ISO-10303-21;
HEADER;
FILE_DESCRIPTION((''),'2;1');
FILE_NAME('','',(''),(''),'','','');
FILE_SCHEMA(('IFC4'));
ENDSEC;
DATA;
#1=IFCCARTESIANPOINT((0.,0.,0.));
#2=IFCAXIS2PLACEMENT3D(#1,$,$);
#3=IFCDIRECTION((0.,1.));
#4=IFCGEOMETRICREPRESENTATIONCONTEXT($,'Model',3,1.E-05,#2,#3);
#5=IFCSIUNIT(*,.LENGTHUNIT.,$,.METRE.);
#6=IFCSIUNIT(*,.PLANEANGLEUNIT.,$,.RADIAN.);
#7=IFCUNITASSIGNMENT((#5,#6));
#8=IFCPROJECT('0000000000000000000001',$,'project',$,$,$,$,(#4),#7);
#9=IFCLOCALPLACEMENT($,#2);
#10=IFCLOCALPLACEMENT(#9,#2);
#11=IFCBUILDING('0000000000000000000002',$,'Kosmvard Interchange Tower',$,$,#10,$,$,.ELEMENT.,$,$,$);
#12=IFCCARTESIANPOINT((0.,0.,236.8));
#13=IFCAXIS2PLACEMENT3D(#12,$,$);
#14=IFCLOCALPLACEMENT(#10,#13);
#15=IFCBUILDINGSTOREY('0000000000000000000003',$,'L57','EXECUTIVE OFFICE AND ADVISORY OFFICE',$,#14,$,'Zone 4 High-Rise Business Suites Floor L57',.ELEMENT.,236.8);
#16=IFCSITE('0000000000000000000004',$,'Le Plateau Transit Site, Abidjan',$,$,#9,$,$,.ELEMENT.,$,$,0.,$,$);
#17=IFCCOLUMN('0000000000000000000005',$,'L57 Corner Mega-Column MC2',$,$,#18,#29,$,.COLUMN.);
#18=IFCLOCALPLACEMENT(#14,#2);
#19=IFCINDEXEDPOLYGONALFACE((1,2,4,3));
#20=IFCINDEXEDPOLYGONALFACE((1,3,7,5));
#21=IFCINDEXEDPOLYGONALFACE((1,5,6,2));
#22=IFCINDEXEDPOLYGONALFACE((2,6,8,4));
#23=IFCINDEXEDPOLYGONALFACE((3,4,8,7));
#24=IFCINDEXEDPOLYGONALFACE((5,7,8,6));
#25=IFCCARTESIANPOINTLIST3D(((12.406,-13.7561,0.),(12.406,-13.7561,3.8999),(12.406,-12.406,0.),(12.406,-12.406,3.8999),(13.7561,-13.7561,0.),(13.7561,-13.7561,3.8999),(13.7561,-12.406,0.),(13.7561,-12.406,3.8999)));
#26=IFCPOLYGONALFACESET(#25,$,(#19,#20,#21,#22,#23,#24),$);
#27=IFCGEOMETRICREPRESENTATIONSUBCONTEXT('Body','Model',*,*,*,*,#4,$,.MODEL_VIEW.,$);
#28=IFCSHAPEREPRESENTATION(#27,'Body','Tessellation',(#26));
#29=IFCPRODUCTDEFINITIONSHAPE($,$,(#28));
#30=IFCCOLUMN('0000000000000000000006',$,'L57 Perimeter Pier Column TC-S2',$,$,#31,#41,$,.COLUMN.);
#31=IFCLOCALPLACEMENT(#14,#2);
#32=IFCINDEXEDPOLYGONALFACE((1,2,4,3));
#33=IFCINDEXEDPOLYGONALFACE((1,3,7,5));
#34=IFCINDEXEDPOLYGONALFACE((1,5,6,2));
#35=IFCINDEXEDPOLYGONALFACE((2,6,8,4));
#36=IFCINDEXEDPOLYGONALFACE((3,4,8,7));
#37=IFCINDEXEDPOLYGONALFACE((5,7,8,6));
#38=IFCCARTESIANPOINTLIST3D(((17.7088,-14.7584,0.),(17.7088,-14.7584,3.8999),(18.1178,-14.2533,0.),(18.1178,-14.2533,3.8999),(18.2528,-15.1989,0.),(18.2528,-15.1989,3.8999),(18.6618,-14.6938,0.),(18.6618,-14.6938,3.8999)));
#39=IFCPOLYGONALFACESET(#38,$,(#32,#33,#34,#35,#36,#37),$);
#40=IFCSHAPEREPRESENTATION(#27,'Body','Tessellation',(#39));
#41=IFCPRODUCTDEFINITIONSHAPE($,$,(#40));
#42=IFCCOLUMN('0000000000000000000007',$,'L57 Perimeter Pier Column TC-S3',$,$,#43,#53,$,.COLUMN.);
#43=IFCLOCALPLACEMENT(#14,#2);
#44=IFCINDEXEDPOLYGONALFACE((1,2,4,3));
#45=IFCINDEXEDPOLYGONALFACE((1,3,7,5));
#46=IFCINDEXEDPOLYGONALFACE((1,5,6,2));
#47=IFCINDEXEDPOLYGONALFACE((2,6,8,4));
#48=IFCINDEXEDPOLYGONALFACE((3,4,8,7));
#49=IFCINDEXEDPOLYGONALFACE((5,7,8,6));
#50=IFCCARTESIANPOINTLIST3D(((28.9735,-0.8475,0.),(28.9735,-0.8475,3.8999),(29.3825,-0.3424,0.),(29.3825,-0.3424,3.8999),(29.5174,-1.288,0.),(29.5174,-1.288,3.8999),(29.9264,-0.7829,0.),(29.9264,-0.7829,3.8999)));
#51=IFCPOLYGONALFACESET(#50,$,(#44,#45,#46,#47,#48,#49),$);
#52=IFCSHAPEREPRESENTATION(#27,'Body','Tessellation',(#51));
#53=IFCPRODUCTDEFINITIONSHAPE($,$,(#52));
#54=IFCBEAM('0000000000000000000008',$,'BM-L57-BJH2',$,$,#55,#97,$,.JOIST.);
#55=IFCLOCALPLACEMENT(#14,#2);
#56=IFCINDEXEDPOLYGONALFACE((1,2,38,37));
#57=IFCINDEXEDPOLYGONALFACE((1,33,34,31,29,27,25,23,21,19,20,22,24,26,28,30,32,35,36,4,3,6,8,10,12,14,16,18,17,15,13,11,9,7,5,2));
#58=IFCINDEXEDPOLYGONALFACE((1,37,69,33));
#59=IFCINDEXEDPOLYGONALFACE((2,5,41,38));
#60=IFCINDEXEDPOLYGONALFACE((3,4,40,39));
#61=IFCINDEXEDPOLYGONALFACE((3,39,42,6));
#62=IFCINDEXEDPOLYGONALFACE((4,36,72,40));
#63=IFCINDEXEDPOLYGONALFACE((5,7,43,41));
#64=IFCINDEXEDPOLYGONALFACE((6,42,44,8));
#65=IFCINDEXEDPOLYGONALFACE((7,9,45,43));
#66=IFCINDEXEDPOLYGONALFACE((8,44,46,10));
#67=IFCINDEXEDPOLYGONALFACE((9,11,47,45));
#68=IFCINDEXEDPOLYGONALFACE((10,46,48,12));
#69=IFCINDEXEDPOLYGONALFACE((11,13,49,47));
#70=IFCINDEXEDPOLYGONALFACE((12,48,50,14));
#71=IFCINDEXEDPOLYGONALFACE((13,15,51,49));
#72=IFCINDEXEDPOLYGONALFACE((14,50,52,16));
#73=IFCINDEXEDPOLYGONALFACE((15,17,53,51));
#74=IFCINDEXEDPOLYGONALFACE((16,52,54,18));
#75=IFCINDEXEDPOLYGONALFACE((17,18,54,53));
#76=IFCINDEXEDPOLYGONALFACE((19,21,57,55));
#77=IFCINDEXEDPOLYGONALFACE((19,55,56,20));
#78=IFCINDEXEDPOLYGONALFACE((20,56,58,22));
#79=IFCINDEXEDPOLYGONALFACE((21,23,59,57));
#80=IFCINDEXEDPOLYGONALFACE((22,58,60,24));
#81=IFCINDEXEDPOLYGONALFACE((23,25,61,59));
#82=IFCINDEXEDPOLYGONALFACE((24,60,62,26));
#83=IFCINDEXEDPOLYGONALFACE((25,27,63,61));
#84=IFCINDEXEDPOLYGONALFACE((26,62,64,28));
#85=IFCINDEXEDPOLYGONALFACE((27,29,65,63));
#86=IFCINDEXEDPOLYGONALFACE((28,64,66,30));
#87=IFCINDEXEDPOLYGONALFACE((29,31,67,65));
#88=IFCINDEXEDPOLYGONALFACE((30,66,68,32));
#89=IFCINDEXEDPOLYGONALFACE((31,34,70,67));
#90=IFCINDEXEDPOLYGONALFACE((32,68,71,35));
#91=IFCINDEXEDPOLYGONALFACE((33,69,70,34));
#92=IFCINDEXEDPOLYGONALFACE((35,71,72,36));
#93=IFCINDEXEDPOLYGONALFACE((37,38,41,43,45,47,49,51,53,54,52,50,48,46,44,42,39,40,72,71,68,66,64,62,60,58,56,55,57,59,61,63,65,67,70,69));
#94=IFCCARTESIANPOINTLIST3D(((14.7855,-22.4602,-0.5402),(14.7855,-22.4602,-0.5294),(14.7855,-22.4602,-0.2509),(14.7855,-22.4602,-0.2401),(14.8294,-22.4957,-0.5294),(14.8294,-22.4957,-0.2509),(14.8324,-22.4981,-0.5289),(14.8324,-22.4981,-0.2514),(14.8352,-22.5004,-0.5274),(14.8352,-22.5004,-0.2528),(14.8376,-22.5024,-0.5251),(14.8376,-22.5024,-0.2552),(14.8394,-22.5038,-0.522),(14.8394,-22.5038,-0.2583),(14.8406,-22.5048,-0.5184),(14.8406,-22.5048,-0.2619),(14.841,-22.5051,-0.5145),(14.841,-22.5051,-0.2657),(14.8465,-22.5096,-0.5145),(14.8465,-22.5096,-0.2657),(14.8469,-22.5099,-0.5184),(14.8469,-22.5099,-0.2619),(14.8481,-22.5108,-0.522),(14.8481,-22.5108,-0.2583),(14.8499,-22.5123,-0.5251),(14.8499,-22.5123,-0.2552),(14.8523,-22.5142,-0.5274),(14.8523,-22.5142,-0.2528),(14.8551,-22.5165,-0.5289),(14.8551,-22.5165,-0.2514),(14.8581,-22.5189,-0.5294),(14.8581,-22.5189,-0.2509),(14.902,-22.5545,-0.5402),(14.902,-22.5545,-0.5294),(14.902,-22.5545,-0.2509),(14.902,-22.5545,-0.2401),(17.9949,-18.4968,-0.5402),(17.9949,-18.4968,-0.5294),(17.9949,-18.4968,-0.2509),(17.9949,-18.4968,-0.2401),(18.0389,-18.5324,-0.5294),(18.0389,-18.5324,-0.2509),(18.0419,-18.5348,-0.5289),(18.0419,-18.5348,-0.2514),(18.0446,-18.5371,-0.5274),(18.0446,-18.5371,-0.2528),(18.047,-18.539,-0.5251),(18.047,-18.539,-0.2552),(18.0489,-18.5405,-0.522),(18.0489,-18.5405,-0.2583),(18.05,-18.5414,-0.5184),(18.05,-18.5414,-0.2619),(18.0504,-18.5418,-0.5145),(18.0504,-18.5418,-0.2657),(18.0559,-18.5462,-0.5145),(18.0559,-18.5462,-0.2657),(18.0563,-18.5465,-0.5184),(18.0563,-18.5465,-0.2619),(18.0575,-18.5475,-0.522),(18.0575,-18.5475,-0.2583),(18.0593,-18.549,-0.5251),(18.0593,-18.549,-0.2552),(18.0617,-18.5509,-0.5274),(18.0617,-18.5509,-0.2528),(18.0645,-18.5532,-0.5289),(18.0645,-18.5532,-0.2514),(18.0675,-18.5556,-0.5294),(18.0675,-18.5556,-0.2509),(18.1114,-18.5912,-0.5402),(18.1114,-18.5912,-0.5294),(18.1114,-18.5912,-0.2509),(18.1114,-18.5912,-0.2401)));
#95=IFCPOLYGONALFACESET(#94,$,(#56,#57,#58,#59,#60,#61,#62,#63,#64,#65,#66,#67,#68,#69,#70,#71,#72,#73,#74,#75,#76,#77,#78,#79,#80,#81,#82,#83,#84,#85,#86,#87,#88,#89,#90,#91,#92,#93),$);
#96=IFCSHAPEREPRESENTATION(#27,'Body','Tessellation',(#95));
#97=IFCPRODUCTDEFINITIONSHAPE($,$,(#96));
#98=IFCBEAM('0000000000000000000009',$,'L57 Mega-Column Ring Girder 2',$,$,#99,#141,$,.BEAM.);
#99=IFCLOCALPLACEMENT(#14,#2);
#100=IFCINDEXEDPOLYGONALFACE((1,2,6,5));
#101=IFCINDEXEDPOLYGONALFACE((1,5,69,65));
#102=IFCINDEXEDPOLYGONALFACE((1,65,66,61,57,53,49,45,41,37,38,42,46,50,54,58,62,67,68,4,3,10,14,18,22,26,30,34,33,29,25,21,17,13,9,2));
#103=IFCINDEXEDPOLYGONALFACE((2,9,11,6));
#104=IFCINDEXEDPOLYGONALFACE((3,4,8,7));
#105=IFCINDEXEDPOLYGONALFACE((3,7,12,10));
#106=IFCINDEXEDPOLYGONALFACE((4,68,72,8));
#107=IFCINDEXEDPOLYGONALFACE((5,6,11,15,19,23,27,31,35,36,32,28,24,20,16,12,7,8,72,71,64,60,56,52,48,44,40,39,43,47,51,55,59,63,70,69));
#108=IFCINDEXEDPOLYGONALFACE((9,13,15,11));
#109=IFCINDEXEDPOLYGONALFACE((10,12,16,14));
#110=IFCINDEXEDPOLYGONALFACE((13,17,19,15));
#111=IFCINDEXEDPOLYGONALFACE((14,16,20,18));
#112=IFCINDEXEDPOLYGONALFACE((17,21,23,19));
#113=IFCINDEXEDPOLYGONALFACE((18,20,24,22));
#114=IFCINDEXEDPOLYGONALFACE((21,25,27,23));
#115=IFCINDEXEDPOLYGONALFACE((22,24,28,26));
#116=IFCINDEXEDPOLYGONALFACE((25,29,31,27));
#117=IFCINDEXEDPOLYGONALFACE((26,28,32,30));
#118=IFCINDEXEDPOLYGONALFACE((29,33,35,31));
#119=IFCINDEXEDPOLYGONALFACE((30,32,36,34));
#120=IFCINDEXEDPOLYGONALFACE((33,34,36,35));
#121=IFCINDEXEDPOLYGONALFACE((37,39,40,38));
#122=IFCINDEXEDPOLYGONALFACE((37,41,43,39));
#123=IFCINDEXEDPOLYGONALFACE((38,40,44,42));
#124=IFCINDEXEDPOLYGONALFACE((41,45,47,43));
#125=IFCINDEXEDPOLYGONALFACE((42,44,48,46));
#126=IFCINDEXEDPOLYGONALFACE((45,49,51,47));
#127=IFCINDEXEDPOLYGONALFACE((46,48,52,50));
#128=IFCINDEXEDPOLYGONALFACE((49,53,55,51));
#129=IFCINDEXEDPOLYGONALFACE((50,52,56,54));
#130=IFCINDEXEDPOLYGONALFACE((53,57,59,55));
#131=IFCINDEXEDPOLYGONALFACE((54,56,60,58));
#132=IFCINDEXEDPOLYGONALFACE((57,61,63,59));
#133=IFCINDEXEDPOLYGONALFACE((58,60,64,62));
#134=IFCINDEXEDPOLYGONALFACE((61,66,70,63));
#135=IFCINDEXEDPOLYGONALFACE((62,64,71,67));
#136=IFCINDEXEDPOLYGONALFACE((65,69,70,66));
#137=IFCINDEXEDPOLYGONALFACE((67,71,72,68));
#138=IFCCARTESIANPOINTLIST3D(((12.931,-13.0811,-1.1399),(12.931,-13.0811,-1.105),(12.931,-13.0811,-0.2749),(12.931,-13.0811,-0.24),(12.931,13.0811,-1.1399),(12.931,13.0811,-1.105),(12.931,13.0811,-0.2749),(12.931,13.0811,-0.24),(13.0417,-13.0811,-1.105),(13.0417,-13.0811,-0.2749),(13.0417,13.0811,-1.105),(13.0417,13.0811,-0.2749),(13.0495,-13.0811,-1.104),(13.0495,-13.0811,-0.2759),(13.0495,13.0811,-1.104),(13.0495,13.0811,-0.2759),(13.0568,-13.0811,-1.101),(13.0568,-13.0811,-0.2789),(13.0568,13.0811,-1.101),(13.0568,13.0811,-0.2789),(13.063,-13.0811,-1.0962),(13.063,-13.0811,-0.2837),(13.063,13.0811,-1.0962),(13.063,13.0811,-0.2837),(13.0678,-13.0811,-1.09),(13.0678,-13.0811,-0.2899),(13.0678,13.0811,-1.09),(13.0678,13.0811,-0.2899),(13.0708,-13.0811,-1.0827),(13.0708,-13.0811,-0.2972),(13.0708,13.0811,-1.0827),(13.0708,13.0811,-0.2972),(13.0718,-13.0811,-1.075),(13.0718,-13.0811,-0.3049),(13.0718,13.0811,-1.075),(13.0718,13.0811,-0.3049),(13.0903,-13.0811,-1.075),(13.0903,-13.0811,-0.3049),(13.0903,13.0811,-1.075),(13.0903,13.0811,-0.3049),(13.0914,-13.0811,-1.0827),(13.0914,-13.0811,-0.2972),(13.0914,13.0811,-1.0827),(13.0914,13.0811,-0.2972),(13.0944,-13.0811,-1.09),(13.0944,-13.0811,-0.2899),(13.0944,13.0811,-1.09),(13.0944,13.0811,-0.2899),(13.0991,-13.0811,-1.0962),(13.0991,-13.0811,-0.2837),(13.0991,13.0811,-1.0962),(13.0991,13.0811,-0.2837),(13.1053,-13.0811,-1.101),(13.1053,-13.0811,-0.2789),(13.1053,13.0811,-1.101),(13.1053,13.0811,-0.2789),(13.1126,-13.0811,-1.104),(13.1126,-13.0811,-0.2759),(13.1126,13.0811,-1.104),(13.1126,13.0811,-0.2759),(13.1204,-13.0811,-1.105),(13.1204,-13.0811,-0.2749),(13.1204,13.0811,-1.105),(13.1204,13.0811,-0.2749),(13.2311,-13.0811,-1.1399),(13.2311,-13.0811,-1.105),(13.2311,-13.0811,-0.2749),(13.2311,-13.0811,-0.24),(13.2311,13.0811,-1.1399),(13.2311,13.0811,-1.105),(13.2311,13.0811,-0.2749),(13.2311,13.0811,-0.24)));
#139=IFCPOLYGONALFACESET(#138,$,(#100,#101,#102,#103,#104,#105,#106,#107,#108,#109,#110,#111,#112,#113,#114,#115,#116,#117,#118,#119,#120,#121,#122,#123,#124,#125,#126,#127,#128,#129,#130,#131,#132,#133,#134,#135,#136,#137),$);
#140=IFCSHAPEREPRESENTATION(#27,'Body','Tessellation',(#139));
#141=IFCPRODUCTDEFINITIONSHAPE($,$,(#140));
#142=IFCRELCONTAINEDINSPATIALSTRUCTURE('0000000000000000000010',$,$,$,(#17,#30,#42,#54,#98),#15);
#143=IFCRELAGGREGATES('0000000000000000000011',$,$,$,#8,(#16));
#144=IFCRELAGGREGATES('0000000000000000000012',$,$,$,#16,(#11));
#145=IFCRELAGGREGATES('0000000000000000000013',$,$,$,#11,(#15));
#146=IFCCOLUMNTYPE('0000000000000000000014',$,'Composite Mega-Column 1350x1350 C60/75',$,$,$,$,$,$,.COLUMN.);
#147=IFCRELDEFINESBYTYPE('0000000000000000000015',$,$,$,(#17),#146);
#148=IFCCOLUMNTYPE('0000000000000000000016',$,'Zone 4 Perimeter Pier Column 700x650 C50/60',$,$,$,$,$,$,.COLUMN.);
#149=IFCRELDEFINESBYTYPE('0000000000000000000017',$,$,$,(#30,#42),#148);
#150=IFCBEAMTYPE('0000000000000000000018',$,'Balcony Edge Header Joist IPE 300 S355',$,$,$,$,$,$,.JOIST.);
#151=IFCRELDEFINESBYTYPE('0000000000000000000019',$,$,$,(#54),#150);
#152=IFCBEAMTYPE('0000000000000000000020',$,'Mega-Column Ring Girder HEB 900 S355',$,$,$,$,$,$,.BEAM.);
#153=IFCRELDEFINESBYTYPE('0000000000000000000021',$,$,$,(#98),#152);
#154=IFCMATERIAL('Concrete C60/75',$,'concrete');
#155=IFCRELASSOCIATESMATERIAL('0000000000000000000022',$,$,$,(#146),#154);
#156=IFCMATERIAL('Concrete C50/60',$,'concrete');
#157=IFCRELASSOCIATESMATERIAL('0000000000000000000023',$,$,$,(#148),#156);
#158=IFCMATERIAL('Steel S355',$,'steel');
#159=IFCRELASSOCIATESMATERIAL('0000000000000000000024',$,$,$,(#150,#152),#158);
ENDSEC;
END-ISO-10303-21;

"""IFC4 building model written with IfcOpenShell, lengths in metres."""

from ifc_helpers import new_model, si_unit, direction, frame, origin, origin_2d, place, context, subcontext, project, spatial, rectangle, i_section, extrude, source, transform, mapped, material, material_profile, profile_set, type_object, element, save


model = new_model("IFC4")

# Units and contexts
model_context = context("Model", 3, precision=1e-05, world=origin(), true_north=direction((0.0, 1.0)))
body_context = subcontext(model_context, "Body", "Model", "MODEL_VIEW")
ifc_project = project(units=[si_unit("LENGTHUNIT", "METRE"), si_unit("PLANEANGLEUNIT", "RADIAN")], contexts=[model_context])

# Site, building, storey
site_placement = place(None, origin())
site = spatial("IfcSite", under=ifc_project, at=site_placement, Name="Le Plateau Transit Site, Abidjan", CompositionType="ELEMENT", RefElevation=0.0)
building_placement = place(site_placement, origin())
building = spatial("IfcBuilding", under=site, at=building_placement, Name="Kosmvard Interchange Tower", CompositionType="ELEMENT")
storey_placement = place(building_placement, frame((0.0, 0.0, 236.8)))
storey = spatial("IfcBuildingStorey", under=building, at=storey_placement, Name="L57", Description="EXECUTIVE OFFICE AND ADVISORY OFFICE", LongName="Zone 4 High-Rise Business Suites Floor L57", CompositionType="ELEMENT", Elevation=236.8)

# Columns
ifc_material_1 = material(Name="Concrete C60/75", Category="concrete")
ifc_material_profile_1 = material_profile(ifc_material_1, rectangle(XDim=1.3501, YDim=1.3501, at=origin_2d()), Name="MC 1350x1350")
ifc_profile_set_1 = profile_set([ifc_material_profile_1], Name="Concrete C60/75")
column_type_1 = type_object("IfcColumnType", Name="Composite Mega-Column 1350x1350 C60/75", PredefinedType="COLUMN", material=ifc_profile_set_1)
shared_shape_1 = source(origin(), body_context, "Body", "SweptSolid", [
    extrude(rectangle(XDim=1.3501, YDim=1.3501, at=origin_2d()), origin(), (0.0, 0.0, 1.0), 3.8999),
])
column_placement = place(storey_placement, frame((13.0811, -13.0811, 0.0), z_axis=(0.0, 0.0, 1.0), x_axis=(1.0, 0.0, 0.0)))
element("IfcColumn", 1, at=column_placement, inside=storey, type_object=column_type_1, Name="L57 Corner Mega-Column MC2", PredefinedType="COLUMN", context=body_context, shape_type="MappedRepresentation", body=[
    mapped(shared_shape_1, transform((0.0, 0.0, 0.0), scale=1.0)),
])
ifc_material_2 = material(Name="Concrete C50/60", Category="concrete")
ifc_material_profile_2 = material_profile(ifc_material_2, rectangle(XDim=0.6499, YDim=0.7, at=origin_2d()), Name="TC 700x650")
ifc_profile_set_2 = profile_set([ifc_material_profile_2], Name="Concrete C50/60")
column_type_2 = type_object("IfcColumnType", Name="Zone 4 Perimeter Pier Column 700x650 C50/60", PredefinedType="COLUMN", material=ifc_profile_set_2)
shared_shape_2 = source(origin(), body_context, "Body", "SweptSolid", [
    extrude(rectangle(XDim=0.6499, YDim=0.7, at=origin_2d()), origin(), (0.0, 0.0, 1.0), 3.8999),
])
for number, where, z_axis, x_axis, name in (
    (2, (18.1853, -14.7261, 0.0), (0.0, 0.0, 1.0), (0.62932, 0.777146, 0.0), "L57 Perimeter Pier Column TC-S2"),
    (3, (29.45, -0.8152, 0.0), (0.0, 0.0, 1.0), (0.62932, 0.777146, 0.0), "L57 Perimeter Pier Column TC-S3"),
):
    element("IfcColumn", number, at=place(storey_placement, frame(where, z_axis=z_axis, x_axis=x_axis)), inside=storey, type_object=column_type_2, Name=name, PredefinedType="COLUMN", context=body_context, shape_type="MappedRepresentation", body=[
        mapped(shared_shape_2, transform((0.0, 0.0, 0.0), scale=1.0)),
    ])

# Beams
ifc_material_3 = material(Name="Steel S355", Category="steel")
ifc_material_profile_3 = material_profile(ifc_material_3, i_section(OverallWidth=0.1499, OverallDepth=0.3, WebThickness=0.0071, FlangeThickness=0.0107, FilletRadius=0.0149, at=origin_2d()), Name="IPE 300")
ifc_profile_set_3 = profile_set([ifc_material_profile_3], Name="Steel S355")
beam_type_1 = type_object("IfcBeamType", Name="Balcony Edge Header Joist IPE 300 S355", PredefinedType="JOIST", material=ifc_profile_set_3)
shared_shape_3 = source(origin(), body_context, "Body", "SweptSolid", [
    extrude(i_section(OverallWidth=0.1499, OverallDepth=0.3, WebThickness=0.0071, FlangeThickness=0.0107, FilletRadius=0.0149, at=origin_2d()), origin(), (0.0, 0.0, 1.0), 5.0999),
])
beam_1_placement = place(storey_placement, frame((14.8438, -22.5073, -0.3901), z_axis=(0.629319, 0.777147, 0.0), x_axis=(-0.777147, 0.629319, 0.0)))
element("IfcBeam", 4, at=beam_1_placement, inside=storey, type_object=beam_type_1, Name="BM-L57-BJH2", PredefinedType="JOIST", context=body_context, shape_type="MappedRepresentation", body=[
    mapped(shared_shape_3, transform((0.0, 0.0, 0.0), scale=1.0)),
])
ifc_material_profile_4 = material_profile(ifc_material_3, i_section(OverallWidth=0.3, OverallDepth=0.8999, WebThickness=0.0186, FlangeThickness=0.0349, FilletRadius=0.03, at=origin_2d()), Name="HEB 900")
ifc_profile_set_4 = profile_set([ifc_material_profile_4], Name="Steel S355")
beam_type_2 = type_object("IfcBeamType", Name="Mega-Column Ring Girder HEB 900 S355", PredefinedType="BEAM", material=ifc_profile_set_4)
shared_shape_4 = source(origin(), body_context, "Body", "SweptSolid", [
    extrude(i_section(OverallWidth=0.3, OverallDepth=0.8999, WebThickness=0.0186, FlangeThickness=0.0349, FilletRadius=0.03, at=origin_2d()), origin(), (0.0, 0.0, 1.0), 26.1621),
])
beam_2_placement = place(storey_placement, frame((13.0811, -13.0811, -0.6899), z_axis=(0.0, 1.0, 0.0), x_axis=(-1.0, 0.0, 0.0)))
element("IfcBeam", 5, at=beam_2_placement, inside=storey, type_object=beam_type_2, Name="L57 Mega-Column Ring Girder 2", PredefinedType="BEAM", context=body_context, shape_type="MappedRepresentation", body=[
    mapped(shared_shape_4, transform((0.0, 0.0, 0.0), scale=1.0)),
])

save(model, "model.ifc")
